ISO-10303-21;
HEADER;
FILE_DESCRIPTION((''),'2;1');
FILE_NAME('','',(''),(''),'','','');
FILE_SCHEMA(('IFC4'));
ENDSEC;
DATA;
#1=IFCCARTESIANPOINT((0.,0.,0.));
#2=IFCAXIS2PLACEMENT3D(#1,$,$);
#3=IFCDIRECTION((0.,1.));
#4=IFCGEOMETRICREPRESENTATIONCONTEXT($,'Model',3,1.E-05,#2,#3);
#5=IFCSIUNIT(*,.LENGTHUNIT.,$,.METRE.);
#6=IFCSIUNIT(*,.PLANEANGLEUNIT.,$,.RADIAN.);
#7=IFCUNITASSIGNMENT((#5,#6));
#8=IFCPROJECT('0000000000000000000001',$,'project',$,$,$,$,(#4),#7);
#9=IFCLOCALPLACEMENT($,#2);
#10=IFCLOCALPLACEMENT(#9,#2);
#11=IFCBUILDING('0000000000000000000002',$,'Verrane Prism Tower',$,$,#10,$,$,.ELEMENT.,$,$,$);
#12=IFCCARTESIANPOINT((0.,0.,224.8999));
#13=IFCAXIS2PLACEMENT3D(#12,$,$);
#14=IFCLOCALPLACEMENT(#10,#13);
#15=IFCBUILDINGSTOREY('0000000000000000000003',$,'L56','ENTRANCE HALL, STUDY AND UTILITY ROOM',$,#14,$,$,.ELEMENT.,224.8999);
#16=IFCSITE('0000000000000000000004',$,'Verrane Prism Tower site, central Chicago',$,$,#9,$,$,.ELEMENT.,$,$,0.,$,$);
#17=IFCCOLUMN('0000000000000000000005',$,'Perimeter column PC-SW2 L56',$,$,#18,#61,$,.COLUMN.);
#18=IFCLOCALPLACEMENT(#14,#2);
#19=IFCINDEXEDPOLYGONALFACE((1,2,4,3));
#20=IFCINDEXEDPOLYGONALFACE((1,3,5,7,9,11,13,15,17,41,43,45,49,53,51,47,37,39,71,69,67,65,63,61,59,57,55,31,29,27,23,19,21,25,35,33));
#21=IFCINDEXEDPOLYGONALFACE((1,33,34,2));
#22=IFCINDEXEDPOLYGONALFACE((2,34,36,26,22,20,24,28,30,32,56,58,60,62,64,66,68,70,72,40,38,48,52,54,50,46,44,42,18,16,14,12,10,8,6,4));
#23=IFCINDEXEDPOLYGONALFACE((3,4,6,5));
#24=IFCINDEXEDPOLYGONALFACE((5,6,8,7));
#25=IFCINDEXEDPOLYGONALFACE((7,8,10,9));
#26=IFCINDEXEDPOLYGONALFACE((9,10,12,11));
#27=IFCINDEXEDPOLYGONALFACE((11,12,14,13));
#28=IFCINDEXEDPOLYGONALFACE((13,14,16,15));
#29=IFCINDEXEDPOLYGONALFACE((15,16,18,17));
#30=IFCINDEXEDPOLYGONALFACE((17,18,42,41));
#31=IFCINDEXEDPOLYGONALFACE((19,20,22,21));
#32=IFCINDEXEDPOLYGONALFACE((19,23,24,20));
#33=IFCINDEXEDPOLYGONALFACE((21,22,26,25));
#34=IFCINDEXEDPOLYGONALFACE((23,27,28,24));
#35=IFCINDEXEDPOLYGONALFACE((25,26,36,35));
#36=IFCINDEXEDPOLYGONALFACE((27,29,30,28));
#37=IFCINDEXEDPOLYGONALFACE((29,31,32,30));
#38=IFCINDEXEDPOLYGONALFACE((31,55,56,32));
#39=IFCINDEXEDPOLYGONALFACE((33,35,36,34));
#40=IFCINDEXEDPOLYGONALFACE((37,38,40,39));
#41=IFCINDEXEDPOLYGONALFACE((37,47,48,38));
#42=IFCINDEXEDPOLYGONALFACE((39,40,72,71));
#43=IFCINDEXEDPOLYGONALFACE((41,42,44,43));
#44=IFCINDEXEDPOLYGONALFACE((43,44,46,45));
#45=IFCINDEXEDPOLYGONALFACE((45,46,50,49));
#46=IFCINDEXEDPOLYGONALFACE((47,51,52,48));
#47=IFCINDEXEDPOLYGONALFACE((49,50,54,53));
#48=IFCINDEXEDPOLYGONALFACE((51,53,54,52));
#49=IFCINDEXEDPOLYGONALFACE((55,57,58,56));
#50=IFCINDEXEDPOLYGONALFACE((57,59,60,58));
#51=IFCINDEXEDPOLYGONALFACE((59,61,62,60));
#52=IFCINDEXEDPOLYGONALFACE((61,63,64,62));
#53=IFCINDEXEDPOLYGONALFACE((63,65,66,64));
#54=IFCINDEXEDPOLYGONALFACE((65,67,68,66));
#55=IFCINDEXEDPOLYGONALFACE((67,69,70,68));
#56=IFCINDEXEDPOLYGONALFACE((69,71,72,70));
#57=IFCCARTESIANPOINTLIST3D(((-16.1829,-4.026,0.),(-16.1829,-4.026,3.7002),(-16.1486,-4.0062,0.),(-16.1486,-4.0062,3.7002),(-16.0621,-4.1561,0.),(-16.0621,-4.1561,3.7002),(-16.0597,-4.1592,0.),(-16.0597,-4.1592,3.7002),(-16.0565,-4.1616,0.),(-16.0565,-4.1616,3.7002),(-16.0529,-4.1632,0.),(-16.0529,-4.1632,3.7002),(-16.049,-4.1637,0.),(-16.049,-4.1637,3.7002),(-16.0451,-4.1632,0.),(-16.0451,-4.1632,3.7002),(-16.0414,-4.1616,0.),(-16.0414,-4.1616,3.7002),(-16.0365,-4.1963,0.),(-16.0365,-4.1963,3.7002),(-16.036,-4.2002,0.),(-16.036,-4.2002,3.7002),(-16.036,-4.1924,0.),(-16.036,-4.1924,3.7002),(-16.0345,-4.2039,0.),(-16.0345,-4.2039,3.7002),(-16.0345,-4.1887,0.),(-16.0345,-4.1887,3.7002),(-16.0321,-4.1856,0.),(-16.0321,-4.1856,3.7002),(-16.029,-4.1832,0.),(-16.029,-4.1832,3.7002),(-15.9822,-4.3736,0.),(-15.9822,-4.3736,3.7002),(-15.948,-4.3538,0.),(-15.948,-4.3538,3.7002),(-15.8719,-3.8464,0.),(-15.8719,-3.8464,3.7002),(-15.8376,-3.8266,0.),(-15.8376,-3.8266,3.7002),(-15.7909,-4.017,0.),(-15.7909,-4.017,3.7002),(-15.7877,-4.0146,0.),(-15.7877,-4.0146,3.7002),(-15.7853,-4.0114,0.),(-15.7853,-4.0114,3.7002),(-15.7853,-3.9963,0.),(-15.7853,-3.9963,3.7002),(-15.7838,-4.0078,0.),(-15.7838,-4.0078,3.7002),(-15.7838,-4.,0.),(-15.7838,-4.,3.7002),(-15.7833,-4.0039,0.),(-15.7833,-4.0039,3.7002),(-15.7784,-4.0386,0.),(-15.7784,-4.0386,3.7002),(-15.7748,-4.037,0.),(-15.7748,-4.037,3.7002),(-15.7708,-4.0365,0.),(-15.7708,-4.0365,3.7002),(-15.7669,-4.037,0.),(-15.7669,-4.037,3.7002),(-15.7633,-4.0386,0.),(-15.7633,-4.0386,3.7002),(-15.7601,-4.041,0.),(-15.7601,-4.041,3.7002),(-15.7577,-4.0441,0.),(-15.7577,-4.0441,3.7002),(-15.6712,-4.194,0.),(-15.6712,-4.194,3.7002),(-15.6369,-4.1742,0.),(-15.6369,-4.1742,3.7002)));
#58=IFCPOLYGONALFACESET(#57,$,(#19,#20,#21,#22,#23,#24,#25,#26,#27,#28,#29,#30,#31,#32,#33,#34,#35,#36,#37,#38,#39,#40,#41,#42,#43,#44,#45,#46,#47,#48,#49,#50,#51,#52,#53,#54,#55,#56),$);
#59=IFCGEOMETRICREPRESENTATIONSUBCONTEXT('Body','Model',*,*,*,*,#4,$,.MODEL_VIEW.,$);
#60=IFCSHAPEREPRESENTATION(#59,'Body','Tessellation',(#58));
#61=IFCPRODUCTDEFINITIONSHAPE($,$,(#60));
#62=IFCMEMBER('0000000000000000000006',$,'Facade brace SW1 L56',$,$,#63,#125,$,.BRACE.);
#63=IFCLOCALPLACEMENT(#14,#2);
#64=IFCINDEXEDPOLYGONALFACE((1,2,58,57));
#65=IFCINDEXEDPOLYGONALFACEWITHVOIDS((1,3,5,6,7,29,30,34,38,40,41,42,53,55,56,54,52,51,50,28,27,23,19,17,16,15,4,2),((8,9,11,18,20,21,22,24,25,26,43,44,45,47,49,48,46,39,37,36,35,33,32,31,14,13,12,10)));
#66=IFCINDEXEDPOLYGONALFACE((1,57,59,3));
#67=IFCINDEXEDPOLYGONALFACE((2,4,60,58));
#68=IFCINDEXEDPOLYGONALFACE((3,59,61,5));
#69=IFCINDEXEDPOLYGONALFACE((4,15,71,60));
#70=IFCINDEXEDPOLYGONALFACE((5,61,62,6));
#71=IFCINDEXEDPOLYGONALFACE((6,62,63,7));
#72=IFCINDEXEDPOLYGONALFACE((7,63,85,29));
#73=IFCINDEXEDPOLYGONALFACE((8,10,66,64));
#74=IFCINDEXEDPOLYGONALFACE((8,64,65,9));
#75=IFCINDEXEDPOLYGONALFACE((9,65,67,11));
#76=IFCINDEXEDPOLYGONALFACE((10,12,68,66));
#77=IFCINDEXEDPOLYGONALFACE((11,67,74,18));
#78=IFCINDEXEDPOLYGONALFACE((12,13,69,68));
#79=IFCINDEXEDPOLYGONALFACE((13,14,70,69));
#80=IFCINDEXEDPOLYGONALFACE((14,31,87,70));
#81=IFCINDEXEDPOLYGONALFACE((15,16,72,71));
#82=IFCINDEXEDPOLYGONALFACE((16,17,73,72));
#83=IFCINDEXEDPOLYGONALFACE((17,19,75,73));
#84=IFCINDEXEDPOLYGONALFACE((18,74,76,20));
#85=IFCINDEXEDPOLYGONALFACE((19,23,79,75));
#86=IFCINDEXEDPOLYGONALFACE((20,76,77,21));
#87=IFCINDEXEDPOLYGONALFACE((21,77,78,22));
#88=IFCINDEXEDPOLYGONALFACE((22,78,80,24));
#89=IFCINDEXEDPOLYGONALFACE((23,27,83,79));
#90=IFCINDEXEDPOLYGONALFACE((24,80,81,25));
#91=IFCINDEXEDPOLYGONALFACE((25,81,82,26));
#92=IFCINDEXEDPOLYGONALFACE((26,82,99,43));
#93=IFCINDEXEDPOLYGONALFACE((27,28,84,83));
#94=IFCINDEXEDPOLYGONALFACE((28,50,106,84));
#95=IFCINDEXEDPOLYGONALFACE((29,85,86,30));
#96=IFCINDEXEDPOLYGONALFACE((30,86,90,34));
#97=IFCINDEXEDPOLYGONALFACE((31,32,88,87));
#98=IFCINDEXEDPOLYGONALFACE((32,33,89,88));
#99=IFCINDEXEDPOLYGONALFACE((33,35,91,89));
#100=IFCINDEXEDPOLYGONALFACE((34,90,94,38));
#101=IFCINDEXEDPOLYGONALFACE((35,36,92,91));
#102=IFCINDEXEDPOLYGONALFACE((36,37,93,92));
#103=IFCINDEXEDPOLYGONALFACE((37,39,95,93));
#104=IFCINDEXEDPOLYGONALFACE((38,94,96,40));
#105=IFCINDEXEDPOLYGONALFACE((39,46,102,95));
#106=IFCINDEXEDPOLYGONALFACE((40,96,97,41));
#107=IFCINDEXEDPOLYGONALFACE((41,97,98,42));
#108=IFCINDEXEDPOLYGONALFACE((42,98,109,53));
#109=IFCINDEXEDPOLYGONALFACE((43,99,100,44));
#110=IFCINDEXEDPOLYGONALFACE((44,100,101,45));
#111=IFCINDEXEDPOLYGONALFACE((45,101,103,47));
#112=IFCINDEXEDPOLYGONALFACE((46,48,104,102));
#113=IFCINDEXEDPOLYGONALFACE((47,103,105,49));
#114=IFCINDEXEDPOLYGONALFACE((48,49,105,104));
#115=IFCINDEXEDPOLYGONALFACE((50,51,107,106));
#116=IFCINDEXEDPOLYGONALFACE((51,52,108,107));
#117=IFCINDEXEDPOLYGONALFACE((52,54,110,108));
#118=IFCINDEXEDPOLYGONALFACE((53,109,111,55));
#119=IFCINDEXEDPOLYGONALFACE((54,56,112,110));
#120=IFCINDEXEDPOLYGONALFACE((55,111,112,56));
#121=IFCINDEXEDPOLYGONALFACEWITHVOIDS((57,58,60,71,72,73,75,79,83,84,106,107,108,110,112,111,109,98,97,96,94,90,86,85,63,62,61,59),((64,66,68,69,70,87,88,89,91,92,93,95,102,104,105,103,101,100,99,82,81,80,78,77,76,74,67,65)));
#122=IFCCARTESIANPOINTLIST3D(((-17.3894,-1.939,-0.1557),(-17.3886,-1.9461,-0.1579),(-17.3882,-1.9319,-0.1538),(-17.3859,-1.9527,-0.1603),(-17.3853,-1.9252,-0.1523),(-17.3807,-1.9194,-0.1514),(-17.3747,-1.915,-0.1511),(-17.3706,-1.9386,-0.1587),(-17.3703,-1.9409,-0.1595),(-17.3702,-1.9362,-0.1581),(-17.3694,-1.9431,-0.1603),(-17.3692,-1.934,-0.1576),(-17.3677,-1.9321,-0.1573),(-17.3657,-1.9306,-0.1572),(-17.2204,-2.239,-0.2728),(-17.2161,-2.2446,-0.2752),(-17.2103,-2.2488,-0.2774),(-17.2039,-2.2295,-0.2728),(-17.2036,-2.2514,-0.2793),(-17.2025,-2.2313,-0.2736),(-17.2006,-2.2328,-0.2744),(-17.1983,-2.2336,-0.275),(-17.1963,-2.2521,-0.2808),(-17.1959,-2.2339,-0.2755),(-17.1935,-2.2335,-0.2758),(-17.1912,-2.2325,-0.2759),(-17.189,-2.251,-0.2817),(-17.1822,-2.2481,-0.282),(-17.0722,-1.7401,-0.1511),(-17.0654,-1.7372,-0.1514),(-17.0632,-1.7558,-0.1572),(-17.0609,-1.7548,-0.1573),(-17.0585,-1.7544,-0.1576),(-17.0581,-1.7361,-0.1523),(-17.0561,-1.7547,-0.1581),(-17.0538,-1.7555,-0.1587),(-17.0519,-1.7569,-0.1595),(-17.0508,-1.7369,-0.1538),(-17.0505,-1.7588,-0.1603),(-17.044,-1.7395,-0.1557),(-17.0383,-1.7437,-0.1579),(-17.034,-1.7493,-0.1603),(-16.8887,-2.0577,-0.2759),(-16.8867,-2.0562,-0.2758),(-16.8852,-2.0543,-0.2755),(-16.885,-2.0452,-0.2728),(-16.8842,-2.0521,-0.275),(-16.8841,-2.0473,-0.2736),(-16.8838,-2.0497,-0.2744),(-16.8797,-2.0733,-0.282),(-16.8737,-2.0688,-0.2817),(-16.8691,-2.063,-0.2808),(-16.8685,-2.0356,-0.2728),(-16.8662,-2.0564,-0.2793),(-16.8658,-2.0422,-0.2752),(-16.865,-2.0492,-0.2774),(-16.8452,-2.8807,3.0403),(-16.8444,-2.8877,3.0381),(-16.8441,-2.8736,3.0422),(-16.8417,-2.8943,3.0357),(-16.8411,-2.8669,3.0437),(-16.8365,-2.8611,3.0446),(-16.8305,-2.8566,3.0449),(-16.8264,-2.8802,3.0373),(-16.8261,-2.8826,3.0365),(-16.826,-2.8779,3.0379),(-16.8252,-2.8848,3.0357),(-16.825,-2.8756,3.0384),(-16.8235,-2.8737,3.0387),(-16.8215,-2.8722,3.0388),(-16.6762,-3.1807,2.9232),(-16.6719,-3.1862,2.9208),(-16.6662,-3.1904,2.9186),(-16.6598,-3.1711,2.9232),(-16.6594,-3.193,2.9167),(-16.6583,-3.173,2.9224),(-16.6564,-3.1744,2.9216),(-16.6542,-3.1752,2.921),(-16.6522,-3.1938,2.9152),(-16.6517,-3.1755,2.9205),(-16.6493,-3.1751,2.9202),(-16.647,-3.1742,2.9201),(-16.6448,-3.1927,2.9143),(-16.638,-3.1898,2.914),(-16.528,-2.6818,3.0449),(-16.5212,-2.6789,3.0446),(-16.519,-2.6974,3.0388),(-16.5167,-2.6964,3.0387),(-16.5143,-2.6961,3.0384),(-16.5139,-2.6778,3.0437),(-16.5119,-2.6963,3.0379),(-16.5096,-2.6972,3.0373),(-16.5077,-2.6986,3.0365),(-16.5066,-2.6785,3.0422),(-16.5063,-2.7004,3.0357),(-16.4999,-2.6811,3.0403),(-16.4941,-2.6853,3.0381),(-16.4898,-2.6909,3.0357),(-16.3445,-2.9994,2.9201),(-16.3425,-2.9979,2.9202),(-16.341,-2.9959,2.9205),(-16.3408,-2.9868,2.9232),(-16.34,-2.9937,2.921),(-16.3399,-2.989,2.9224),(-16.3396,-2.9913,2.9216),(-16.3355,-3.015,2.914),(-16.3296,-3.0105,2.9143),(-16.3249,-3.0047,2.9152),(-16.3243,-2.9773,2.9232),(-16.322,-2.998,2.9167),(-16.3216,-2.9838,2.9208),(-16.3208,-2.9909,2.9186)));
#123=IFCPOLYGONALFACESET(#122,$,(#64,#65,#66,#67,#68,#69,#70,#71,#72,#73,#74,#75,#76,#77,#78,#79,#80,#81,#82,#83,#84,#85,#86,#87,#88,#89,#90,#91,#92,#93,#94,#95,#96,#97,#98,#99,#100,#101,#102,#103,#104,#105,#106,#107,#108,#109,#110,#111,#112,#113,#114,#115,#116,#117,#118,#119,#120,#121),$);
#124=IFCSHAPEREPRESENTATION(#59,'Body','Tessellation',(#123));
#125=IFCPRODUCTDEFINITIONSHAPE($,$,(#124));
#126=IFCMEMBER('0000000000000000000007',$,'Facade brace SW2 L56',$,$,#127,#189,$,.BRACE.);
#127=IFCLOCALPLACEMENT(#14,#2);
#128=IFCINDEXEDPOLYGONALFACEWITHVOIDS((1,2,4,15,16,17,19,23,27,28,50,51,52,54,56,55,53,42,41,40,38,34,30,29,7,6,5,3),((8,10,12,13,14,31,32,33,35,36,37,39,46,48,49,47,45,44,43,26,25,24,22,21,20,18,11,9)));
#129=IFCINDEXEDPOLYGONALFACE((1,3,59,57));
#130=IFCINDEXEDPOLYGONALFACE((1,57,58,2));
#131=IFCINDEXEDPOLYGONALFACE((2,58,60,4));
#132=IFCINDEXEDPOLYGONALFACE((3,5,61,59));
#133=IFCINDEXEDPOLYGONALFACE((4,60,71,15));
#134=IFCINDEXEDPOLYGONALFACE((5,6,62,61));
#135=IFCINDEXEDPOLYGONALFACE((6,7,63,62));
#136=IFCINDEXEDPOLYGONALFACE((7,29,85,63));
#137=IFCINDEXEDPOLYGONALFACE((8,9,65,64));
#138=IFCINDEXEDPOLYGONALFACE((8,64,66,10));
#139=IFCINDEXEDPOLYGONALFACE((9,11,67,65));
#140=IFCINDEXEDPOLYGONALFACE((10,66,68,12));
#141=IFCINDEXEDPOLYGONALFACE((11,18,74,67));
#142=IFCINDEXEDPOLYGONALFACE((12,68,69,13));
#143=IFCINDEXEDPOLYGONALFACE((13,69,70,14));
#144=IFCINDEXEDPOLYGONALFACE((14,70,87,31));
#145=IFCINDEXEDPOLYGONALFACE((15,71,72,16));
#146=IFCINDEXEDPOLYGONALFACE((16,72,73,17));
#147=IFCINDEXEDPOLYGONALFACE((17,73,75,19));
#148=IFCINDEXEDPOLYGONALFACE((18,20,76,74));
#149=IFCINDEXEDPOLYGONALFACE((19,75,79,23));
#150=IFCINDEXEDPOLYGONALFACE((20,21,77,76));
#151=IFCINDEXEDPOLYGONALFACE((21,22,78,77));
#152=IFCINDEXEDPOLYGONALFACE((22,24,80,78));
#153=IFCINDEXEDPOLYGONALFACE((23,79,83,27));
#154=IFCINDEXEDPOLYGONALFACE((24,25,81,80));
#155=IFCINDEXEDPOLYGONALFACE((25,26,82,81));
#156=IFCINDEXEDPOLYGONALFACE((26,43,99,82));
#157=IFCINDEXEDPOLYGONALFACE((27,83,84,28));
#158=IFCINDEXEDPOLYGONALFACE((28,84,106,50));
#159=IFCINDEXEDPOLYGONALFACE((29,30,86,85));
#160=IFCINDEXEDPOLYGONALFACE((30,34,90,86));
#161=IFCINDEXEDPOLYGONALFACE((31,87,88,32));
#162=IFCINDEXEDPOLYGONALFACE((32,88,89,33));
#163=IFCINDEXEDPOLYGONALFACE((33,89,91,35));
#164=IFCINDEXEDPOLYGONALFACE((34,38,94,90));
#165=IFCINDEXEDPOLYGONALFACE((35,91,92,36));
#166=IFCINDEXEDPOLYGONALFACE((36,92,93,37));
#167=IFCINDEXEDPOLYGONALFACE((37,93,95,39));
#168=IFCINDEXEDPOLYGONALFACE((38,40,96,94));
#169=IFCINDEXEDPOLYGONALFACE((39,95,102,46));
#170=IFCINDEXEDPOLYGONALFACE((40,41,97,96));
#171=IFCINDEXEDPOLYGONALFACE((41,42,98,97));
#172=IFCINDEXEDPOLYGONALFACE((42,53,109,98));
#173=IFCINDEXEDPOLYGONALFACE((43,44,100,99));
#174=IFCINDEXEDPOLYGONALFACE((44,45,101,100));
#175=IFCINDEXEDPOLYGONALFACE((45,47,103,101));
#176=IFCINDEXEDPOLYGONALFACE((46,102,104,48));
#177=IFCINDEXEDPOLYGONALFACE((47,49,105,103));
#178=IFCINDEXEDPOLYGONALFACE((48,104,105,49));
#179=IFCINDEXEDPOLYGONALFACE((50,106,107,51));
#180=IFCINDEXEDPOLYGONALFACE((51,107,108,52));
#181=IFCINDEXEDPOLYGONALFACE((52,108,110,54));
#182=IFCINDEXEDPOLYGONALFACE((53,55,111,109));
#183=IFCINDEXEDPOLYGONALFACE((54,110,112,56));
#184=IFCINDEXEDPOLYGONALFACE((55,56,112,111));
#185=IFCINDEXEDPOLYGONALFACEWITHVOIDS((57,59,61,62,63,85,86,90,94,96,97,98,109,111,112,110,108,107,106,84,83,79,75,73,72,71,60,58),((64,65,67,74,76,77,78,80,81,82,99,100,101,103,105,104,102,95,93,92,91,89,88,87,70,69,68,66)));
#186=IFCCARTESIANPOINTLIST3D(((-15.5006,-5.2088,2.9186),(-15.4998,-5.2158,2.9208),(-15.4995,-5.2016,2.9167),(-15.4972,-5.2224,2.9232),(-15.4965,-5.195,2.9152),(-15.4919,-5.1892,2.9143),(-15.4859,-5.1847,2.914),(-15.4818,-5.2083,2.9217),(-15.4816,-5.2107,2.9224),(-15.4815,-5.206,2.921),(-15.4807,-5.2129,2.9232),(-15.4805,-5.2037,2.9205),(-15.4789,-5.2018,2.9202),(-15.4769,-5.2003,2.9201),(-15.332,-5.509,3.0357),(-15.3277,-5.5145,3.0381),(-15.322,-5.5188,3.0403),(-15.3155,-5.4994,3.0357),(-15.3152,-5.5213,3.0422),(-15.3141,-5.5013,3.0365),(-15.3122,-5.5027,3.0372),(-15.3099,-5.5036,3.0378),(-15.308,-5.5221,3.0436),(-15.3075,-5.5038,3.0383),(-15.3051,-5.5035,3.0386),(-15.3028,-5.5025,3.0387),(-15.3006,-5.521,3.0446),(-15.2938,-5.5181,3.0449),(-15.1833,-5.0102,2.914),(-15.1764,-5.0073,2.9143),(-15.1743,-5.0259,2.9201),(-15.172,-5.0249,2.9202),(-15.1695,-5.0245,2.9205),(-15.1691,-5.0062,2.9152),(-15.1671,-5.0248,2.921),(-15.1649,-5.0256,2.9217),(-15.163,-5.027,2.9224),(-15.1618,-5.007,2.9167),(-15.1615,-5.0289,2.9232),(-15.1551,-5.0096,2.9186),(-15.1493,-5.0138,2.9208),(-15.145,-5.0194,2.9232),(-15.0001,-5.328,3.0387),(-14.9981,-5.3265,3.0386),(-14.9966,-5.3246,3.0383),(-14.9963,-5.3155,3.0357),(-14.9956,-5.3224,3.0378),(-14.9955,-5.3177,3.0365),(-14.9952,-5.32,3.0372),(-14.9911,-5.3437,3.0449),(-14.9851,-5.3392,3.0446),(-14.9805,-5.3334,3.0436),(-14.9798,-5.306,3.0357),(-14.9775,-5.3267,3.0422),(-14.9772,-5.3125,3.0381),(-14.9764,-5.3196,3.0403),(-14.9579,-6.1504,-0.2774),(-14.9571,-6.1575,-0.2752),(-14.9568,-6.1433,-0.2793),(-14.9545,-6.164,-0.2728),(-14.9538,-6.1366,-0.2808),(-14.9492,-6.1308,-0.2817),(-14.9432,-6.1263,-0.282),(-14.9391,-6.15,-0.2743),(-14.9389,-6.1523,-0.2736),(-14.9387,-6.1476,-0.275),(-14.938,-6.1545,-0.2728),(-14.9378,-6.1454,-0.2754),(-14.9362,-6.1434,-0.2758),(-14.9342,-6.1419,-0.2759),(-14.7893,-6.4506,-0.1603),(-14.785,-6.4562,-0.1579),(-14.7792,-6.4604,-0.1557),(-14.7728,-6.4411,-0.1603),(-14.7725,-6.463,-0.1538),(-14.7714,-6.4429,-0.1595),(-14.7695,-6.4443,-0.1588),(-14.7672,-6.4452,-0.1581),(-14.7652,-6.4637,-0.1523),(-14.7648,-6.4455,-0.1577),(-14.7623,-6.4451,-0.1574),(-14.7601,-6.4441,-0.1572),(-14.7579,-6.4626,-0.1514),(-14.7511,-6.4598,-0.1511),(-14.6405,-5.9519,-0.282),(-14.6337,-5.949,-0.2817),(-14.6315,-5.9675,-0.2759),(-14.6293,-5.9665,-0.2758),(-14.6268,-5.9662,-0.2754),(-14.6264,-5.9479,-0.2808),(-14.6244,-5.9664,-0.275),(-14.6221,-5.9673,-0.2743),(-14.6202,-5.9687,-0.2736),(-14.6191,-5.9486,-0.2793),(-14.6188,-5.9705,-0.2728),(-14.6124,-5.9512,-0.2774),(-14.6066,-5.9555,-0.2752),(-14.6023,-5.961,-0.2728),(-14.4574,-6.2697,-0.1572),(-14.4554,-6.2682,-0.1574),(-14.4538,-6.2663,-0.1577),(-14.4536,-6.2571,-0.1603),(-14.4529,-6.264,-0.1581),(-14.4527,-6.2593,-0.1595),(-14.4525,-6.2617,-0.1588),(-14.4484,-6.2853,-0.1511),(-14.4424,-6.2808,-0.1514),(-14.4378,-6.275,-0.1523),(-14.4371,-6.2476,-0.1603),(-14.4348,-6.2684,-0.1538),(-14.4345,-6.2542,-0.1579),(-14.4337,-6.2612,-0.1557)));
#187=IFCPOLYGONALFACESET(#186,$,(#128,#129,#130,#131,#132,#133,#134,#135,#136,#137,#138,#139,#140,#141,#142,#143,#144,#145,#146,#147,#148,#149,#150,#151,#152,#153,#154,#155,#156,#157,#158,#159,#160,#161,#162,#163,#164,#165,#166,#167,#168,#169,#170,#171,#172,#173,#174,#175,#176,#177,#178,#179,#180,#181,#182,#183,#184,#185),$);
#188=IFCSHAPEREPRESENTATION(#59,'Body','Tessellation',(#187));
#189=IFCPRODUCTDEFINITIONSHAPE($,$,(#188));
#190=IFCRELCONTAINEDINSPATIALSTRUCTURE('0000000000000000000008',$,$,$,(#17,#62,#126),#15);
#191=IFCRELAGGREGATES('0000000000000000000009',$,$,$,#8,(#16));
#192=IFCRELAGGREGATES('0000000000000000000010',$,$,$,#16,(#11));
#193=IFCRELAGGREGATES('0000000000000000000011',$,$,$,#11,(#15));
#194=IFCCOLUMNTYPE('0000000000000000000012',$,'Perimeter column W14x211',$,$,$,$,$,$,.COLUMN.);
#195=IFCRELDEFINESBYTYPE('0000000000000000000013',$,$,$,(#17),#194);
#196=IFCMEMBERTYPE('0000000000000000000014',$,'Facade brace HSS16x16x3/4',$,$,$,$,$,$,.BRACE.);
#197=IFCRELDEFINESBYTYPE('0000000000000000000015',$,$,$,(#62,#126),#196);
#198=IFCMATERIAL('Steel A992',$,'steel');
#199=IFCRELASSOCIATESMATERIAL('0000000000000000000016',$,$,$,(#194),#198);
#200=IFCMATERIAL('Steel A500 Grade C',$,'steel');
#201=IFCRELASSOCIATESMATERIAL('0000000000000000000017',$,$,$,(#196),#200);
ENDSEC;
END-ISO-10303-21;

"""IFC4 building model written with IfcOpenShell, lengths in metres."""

from ifc_helpers import new_model, si_unit, direction, frame, origin, origin_2d, place, context, subcontext, project, spatial, hollow_rectangle, i_section, extrude, material, material_profile, profile_set, type_object, element, save


model = new_model("IFC4")

# Units and contexts
model_context = context("Model", 3, precision=1e-05, world=origin(), true_north=direction((0.0, 1.0)))
body_context = subcontext(model_context, "Body", "Model", "MODEL_VIEW")
ifc_project = project(units=[si_unit("LENGTHUNIT", "METRE"), si_unit("PLANEANGLEUNIT", "RADIAN")], contexts=[model_context])

# Site, building, storey
site_placement = place(None, origin())
site = spatial("IfcSite", under=ifc_project, at=site_placement, Name="Verrane Prism Tower site, central Chicago", CompositionType="ELEMENT", RefElevation=0.0)
building_placement = place(site_placement, origin())
building = spatial("IfcBuilding", under=site, at=building_placement, Name="Verrane Prism Tower", CompositionType="ELEMENT")
storey_placement = place(building_placement, frame((0.0, 0.0, 224.8999)))
storey = spatial("IfcBuildingStorey", under=building, at=storey_placement, Name="L56", Description="ENTRANCE HALL, STUDY AND UTILITY ROOM", CompositionType="ELEMENT", Elevation=224.8999)

# Column
ifc_material_1 = material(Name="Steel A992", Category="steel")
ifc_material_profile_1 = material_profile(ifc_material_1, i_section(OverallWidth=0.4014, OverallDepth=0.3987, WebThickness=0.0249, FlangeThickness=0.0396, FilletRadius=0.0151, at=origin_2d()), Name="W14x211")
ifc_profile_set_1 = profile_set([ifc_material_profile_1], Name="Steel A992")
column_type = type_object("IfcColumnType", Name="Perimeter column W14x211", PredefinedType="COLUMN", material=ifc_profile_set_1)
column_placement = place(storey_placement, frame((-15.9099, -4.1001, 0.0), z_axis=(0.0, 0.0, 1.0), x_axis=(-0.5, 0.866025, 0.0)))
element("IfcColumn", 1, at=column_placement, inside=storey, type_object=column_type, Name="Perimeter column PC-SW2 L56", PredefinedType="COLUMN", context=body_context, shape_type="SweptSolid", body=[
    extrude(i_section(OverallWidth=0.4014, OverallDepth=0.3987, WebThickness=0.0249, FlangeThickness=0.0396, FilletRadius=0.0151, at=origin_2d()), origin(), (0.0, 0.0, 1.0), 3.7002),
])

# Members
ifc_material_2 = material(Name="Steel A500 Grade C", Category="steel")
ifc_material_profile_2 = material_profile(ifc_material_2, hollow_rectangle(XDim=0.4065, YDim=0.4065, WallThickness=0.019, InnerFilletRadius=0.0095, OuterFilletRadius=0.0286, at=origin_2d()), Name="HSS16x16x3/4")
ifc_profile_set_2 = profile_set([ifc_material_profile_2], Name="Steel A500 Grade C")
member_type_1 = type_object("IfcMemberType", Name="Facade brace HSS16x16x3/4", PredefinedType="BRACE", material=ifc_profile_set_2)
member_1_placement = place(storey_placement, frame((-17.1272, -1.9941, -0.2166), z_axis=(0.161192, -0.278923, 0.946689), x_axis=(0.865815, 0.500364, 0.0)))
element("IfcMember", 2, at=member_1_placement, inside=storey, type_object=member_type_1, Name="Facade brace SW1 L56", PredefinedType="BRACE", context=body_context, shape_type="SweptSolid", body=[
    extrude(hollow_rectangle(XDim=0.4065, YDim=0.4065, WallThickness=0.019, InnerFilletRadius=0.0095, OuterFilletRadius=0.0286, at=origin_2d()), origin(), (0.0, 0.0, 1.0), 3.376),
])
member_2_placement = place(storey_placement, frame((-14.6958, -6.2058, -0.2166), z_axis=(-0.16077, 0.278942, 0.946755), x_axis=(-0.866399, -0.499353, 0.0)))
element("IfcMember", 3, at=member_2_placement, inside=storey, type_object=member_type_1, Name="Facade brace SW2 L56", PredefinedType="BRACE", context=body_context, shape_type="SweptSolid", body=[
    extrude(hollow_rectangle(XDim=0.4065, YDim=0.4065, WallThickness=0.019, InnerFilletRadius=0.0095, OuterFilletRadius=0.0286, at=origin_2d()), origin(), (0.0, 0.0, 1.0), 3.3757),
])

save(model, "model.ifc")
